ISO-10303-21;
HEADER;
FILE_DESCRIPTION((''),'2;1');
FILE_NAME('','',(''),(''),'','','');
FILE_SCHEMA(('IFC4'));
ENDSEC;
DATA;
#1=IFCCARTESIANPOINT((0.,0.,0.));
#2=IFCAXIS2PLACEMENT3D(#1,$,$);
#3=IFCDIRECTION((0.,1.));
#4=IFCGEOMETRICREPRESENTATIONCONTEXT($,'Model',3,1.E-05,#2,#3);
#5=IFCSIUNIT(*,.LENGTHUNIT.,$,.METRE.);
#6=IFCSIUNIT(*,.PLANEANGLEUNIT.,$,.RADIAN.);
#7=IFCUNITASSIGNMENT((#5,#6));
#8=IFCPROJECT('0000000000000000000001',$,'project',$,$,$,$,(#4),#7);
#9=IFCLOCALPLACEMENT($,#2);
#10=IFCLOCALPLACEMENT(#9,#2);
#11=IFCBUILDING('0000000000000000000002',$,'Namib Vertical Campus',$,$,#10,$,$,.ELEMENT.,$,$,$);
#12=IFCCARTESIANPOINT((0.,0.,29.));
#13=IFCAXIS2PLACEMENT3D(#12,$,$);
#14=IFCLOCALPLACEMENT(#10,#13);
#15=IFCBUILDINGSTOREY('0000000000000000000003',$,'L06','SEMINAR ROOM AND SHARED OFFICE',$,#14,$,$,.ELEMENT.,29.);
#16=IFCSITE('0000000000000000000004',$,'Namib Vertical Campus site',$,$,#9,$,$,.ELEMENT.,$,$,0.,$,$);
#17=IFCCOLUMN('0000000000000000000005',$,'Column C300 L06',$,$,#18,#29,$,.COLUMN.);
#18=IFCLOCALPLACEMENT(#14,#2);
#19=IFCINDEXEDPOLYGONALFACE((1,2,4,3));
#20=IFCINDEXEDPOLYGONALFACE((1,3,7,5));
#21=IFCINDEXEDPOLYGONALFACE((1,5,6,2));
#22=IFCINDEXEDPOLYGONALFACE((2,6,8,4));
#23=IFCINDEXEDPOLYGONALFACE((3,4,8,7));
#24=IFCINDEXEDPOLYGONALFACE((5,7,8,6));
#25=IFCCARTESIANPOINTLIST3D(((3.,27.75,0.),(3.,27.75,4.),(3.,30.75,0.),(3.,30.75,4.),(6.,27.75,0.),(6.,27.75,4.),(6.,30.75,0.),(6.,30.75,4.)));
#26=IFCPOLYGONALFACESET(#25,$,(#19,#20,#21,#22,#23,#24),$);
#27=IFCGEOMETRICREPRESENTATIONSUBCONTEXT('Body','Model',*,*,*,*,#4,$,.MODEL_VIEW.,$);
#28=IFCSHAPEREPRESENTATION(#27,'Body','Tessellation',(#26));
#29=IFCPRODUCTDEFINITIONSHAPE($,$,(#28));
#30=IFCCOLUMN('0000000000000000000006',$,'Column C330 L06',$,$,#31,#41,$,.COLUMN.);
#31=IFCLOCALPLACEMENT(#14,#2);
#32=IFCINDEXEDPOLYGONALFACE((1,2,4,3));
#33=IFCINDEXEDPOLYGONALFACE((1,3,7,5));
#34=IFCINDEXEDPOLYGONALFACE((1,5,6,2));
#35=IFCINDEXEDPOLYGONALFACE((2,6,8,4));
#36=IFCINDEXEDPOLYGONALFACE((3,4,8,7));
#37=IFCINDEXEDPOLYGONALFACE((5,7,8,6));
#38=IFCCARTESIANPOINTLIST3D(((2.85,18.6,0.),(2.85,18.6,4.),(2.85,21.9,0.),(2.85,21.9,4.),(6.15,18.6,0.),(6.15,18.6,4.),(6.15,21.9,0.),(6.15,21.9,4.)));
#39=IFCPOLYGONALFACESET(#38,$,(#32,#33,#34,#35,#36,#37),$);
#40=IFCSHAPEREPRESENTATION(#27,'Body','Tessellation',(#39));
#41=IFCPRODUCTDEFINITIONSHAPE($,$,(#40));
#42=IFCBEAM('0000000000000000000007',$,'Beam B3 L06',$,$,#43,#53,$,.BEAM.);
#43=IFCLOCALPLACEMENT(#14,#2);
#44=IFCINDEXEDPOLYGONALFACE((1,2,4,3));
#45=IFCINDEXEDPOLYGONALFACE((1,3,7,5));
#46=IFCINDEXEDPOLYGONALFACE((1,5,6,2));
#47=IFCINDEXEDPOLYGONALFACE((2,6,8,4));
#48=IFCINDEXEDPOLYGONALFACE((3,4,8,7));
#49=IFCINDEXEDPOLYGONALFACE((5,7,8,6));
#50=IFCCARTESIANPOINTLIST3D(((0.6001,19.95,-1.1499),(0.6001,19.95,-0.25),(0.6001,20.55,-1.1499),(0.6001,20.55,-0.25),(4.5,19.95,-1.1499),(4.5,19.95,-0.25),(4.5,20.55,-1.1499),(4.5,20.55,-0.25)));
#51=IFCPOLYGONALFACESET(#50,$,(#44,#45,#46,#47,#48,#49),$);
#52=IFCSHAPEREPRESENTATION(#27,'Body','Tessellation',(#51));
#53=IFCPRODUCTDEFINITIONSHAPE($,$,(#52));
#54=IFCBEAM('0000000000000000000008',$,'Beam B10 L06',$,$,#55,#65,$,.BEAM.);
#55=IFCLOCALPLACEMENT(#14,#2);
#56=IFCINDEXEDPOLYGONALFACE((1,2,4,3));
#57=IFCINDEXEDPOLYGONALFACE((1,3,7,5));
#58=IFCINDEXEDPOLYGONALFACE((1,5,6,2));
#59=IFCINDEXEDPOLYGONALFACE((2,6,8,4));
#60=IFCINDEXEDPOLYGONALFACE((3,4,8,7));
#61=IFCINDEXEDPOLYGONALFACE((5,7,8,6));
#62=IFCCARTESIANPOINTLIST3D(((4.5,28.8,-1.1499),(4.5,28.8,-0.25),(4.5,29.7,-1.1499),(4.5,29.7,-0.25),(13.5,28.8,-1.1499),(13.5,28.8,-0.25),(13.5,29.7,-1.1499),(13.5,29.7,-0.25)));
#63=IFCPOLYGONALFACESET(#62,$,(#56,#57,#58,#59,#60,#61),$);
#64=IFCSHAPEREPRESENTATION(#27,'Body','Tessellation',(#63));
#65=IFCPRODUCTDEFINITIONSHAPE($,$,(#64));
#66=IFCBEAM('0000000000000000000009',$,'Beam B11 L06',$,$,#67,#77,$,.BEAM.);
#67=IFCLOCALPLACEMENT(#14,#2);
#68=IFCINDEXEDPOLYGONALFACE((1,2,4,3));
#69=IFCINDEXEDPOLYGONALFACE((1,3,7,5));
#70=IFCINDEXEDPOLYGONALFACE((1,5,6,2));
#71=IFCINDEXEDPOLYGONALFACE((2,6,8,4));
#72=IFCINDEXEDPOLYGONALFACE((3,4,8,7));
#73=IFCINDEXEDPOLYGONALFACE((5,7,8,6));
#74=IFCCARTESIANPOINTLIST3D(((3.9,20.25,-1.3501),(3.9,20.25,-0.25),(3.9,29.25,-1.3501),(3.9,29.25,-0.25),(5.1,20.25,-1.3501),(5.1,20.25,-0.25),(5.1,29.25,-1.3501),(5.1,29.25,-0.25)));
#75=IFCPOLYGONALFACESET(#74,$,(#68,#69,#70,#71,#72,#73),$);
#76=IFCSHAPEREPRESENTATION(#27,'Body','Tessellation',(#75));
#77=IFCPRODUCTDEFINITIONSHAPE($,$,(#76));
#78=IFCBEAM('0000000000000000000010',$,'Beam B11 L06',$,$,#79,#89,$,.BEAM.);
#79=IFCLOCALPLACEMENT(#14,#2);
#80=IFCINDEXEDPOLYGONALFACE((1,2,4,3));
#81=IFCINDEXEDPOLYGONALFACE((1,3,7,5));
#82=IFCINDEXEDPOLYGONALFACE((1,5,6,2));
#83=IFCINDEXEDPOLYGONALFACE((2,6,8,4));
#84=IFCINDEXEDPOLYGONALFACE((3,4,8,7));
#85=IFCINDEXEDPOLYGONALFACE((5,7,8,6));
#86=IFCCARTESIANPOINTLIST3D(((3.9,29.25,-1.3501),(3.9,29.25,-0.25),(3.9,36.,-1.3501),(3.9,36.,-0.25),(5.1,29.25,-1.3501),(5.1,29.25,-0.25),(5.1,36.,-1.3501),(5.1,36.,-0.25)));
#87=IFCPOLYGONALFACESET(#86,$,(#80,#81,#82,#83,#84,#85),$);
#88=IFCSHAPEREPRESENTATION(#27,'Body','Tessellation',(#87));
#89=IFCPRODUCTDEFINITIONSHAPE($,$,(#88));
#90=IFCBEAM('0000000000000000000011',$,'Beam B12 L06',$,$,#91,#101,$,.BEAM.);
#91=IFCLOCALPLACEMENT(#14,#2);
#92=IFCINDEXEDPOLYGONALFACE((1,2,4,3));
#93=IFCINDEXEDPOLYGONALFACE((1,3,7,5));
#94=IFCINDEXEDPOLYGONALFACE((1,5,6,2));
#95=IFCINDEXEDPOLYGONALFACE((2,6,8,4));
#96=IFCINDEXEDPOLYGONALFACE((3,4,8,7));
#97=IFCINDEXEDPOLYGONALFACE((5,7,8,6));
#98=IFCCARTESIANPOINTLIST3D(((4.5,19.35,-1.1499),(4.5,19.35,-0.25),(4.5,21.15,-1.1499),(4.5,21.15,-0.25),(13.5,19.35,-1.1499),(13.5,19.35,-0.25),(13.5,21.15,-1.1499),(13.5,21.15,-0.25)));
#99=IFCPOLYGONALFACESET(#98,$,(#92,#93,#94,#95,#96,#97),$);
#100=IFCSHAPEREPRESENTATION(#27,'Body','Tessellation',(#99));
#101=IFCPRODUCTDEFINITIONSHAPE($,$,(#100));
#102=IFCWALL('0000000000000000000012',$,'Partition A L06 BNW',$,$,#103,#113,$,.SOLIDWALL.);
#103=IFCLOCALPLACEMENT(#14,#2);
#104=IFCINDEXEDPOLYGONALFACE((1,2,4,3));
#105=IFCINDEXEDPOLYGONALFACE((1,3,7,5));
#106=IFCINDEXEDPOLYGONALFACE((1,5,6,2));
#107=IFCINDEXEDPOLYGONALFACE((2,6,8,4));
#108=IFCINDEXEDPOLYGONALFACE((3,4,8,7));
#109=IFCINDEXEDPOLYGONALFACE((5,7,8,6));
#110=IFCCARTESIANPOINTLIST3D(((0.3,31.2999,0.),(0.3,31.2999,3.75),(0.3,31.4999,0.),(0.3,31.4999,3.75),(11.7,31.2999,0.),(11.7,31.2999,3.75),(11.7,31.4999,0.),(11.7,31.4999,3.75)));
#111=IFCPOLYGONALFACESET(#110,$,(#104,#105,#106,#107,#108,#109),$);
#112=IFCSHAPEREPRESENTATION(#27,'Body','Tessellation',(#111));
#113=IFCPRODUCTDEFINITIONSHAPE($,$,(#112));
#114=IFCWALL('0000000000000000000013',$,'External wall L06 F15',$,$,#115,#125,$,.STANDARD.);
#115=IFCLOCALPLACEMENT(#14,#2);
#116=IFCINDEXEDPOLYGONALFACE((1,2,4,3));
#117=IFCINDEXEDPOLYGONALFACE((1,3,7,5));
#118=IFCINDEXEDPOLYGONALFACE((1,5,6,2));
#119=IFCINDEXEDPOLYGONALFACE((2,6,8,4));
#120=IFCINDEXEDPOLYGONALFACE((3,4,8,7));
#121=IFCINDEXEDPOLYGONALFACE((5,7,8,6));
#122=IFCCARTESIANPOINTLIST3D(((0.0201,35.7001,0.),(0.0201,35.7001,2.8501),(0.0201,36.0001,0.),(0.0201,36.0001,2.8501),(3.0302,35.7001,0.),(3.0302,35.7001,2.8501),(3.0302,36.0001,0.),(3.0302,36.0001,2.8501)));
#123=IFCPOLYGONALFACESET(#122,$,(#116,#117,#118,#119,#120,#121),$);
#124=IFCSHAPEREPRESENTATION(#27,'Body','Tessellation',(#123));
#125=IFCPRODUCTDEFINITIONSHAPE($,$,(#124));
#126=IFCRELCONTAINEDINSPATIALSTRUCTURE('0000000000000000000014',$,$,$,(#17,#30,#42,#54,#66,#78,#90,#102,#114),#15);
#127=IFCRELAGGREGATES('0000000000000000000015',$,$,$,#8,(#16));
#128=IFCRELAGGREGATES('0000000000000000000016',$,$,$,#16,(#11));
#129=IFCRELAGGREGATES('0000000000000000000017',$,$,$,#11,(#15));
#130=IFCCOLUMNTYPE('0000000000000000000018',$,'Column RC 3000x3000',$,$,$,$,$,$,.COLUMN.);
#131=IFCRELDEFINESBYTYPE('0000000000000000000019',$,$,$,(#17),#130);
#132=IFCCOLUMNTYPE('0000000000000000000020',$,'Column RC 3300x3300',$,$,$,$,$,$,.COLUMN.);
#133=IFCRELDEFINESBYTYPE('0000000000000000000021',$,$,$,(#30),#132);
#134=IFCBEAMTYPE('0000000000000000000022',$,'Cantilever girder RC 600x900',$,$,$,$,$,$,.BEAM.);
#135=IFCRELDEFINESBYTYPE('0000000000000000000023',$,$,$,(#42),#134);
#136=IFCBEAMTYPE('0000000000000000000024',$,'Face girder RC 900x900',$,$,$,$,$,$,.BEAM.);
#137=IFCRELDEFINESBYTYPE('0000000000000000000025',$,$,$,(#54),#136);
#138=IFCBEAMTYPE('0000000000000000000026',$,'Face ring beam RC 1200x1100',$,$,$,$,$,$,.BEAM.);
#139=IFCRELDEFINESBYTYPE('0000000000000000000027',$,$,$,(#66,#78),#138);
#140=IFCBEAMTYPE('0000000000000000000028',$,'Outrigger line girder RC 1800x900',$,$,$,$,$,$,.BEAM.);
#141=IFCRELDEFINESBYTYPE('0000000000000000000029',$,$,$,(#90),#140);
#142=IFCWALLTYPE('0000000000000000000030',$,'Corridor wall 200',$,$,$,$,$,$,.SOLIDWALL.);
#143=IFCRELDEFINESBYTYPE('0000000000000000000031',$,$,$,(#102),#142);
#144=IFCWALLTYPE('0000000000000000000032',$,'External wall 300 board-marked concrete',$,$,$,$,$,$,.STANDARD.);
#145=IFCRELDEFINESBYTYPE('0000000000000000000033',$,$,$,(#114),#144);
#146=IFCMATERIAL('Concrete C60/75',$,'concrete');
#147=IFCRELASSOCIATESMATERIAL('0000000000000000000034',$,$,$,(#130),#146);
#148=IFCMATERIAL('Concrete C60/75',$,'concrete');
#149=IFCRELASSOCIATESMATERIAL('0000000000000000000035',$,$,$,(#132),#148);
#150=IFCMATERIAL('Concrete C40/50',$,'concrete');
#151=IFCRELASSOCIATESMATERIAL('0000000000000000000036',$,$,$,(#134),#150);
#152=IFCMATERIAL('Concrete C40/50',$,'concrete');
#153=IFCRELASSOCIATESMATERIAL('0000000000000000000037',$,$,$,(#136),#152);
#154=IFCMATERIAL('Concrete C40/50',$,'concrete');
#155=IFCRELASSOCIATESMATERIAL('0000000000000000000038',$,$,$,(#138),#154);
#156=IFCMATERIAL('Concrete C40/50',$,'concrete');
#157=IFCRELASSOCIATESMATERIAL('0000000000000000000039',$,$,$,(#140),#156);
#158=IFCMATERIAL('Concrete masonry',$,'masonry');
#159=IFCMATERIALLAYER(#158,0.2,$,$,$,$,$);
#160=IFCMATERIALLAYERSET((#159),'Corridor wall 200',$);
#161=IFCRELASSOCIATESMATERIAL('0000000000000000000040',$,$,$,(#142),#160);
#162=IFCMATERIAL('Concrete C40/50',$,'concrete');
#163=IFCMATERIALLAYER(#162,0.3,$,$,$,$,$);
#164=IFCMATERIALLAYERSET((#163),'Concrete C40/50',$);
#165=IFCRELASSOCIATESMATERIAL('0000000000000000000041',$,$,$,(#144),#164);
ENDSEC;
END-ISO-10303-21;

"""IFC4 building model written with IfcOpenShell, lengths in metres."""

from ifc_helpers import new_model, si_unit, direction, frame, frame_2d, origin, origin_2d, place, context, subcontext, project, spatial, rectangle, extrude, material, layer, layer_set, material_profile, profile_set, type_object, element, save


model = new_model("IFC4")

# Units and contexts
model_context = context("Model", 3, precision=1e-05, world=origin(), true_north=direction((0.0, 1.0)))
body_context = subcontext(model_context, "Body", "Model", "MODEL_VIEW")
ifc_project = project(units=[si_unit("LENGTHUNIT", "METRE"), si_unit("PLANEANGLEUNIT", "RADIAN")], contexts=[model_context])

# Site, building, storey
site_placement = place(None, origin())
site = spatial("IfcSite", under=ifc_project, at=site_placement, Name="Namib Vertical Campus site", CompositionType="ELEMENT", RefElevation=0.0)
building_placement = place(site_placement, origin())
building = spatial("IfcBuilding", under=site, at=building_placement, Name="Namib Vertical Campus", CompositionType="ELEMENT")
storey_placement = place(building_placement, frame((0.0, 0.0, 29.0)))
storey = spatial("IfcBuildingStorey", under=building, at=storey_placement, Name="L06", Description="SEMINAR ROOM AND SHARED OFFICE", CompositionType="ELEMENT", Elevation=29.0)

# Columns
ifc_material_1 = material(Name="Concrete C60/75", Category="concrete")
ifc_material_profile_1 = material_profile(ifc_material_1, rectangle(XDim=3.0, YDim=3.0, at=origin_2d()))
ifc_profile_set_1 = profile_set([ifc_material_profile_1], Name="Concrete C60/75")
column_type_1 = type_object("IfcColumnType", Name="Column RC 3000x3000", PredefinedType="COLUMN", material=ifc_profile_set_1)
column_1_placement = place(storey_placement, frame((4.5, 29.25, 0.0), z_axis=(0.0, 0.0, 1.0), x_axis=(1.0, 0.0, 0.0)))
element("IfcColumn", 1, at=column_1_placement, inside=storey, type_object=column_type_1, Name="Column C300 L06", PredefinedType="COLUMN", context=body_context, shape_type="SweptSolid", body=[
    extrude(rectangle(XDim=3.0, YDim=3.0, at=origin_2d()), origin(), (0.0, 0.0, 1.0), 4.0),
])
ifc_material_2 = material(Name="Concrete C60/75", Category="concrete")
ifc_material_profile_2 = material_profile(ifc_material_2, rectangle(XDim=3.3, YDim=3.3, at=origin_2d()))
ifc_profile_set_2 = profile_set([ifc_material_profile_2], Name="Concrete C60/75")
column_type_2 = type_object("IfcColumnType", Name="Column RC 3300x3300", PredefinedType="COLUMN", material=ifc_profile_set_2)
column_2_placement = place(storey_placement, frame((4.5, 20.25, 0.0), z_axis=(0.0, 0.0, 1.0), x_axis=(1.0, 0.0, 0.0)))
element("IfcColumn", 2, at=column_2_placement, inside=storey, type_object=column_type_2, Name="Column C330 L06", PredefinedType="COLUMN", context=body_context, shape_type="SweptSolid", body=[
    extrude(rectangle(XDim=3.3, YDim=3.3, at=origin_2d()), origin(), (0.0, 0.0, 1.0), 4.0),
])

# Beams
ifc_material_3 = material(Name="Concrete C40/50", Category="concrete")
ifc_material_profile_3 = material_profile(ifc_material_3, rectangle(XDim=0.6001, YDim=0.8999, at=origin_2d()))
ifc_profile_set_3 = profile_set([ifc_material_profile_3], Name="Concrete C40/50")
beam_type_1 = type_object("IfcBeamType", Name="Cantilever girder RC 600x900", PredefinedType="BEAM", material=ifc_profile_set_3)
beam_1_placement = place(storey_placement, frame((4.5, 20.25, -0.7), z_axis=(-1.0, 0.0, 0.0), x_axis=(0.0, -1.0, 0.0)))
element("IfcBeam", 3, at=beam_1_placement, inside=storey, type_object=beam_type_1, Name="Beam B3 L06", PredefinedType="BEAM", context=body_context, shape_type="SweptSolid", body=[
    extrude(rectangle(XDim=0.6001, YDim=0.8999, at=origin_2d()), origin(), (0.0, 0.0, 1.0), 3.8999),
])
ifc_material_4 = material(Name="Concrete C40/50", Category="concrete")
ifc_material_profile_4 = material_profile(ifc_material_4, rectangle(XDim=0.8999, YDim=0.8999, at=origin_2d()))
ifc_profile_set_4 = profile_set([ifc_material_profile_4], Name="Concrete C40/50")
beam_type_2 = type_object("IfcBeamType", Name="Face girder RC 900x900", PredefinedType="BEAM", material=ifc_profile_set_4)
beam_2_placement = place(storey_placement, frame((4.5, 29.25, -0.7), z_axis=(1.0, 0.0, 0.0), x_axis=(0.0, 1.0, 0.0)))
element("IfcBeam", 4, at=beam_2_placement, inside=storey, type_object=beam_type_2, Name="Beam B10 L06", PredefinedType="BEAM", context=body_context, shape_type="SweptSolid", body=[
    extrude(rectangle(XDim=0.8999, YDim=0.8999, at=origin_2d()), origin(), (0.0, 0.0, 1.0), 9.0),
])
ifc_material_5 = material(Name="Concrete C40/50", Category="concrete")
ifc_material_profile_5 = material_profile(ifc_material_5, rectangle(XDim=1.2, YDim=1.1001, at=origin_2d()))
ifc_profile_set_5 = profile_set([ifc_material_profile_5], Name="Concrete C40/50")
beam_type_3 = type_object("IfcBeamType", Name="Face ring beam RC 1200x1100", PredefinedType="BEAM", material=ifc_profile_set_5)
beam_3_placement = place(storey_placement, frame((4.5, 20.25, -0.8), z_axis=(0.0, 1.0, 0.0), x_axis=(-1.0, 0.0, 0.0)))
element("IfcBeam", 5, at=beam_3_placement, inside=storey, type_object=beam_type_3, Name="Beam B11 L06", PredefinedType="BEAM", context=body_context, shape_type="SweptSolid", body=[
    extrude(rectangle(XDim=1.2, YDim=1.1001, at=origin_2d()), origin(), (0.0, 0.0, 1.0), 9.0),
])
beam_4_placement = place(storey_placement, frame((4.5, 29.25, -0.8), z_axis=(0.0, 1.0, 0.0), x_axis=(-1.0, 0.0, 0.0)))
element("IfcBeam", 6, at=beam_4_placement, inside=storey, type_object=beam_type_3, Name="Beam B11 L06", PredefinedType="BEAM", context=body_context, shape_type="SweptSolid", body=[
    extrude(rectangle(XDim=1.2, YDim=1.1001, at=origin_2d()), origin(), (0.0, 0.0, 1.0), 6.75),
])
ifc_material_6 = material(Name="Concrete C40/50", Category="concrete")
ifc_material_profile_6 = material_profile(ifc_material_6, rectangle(XDim=1.8, YDim=0.8999, at=origin_2d()))
ifc_profile_set_6 = profile_set([ifc_material_profile_6], Name="Concrete C40/50")
beam_type_4 = type_object("IfcBeamType", Name="Outrigger line girder RC 1800x900", PredefinedType="BEAM", material=ifc_profile_set_6)
beam_5_placement = place(storey_placement, frame((4.5, 20.25, -0.7), z_axis=(1.0, 0.0, 0.0), x_axis=(0.0, 1.0, 0.0)))
element("IfcBeam", 7, at=beam_5_placement, inside=storey, type_object=beam_type_4, Name="Beam B12 L06", PredefinedType="BEAM", context=body_context, shape_type="SweptSolid", body=[
    extrude(rectangle(XDim=1.8, YDim=0.8999, at=origin_2d()), origin(), (0.0, 0.0, 1.0), 9.0),
])

# Walls
ifc_material_7 = material(Name="Concrete masonry", Category="masonry")
ifc_layer_1 = layer(ifc_material_7, 0.2)
ifc_layer_set_1 = layer_set([ifc_layer_1], Name="Corridor wall 200")
wall_type_1 = type_object("IfcWallType", Name="Corridor wall 200", PredefinedType="SOLIDWALL", material=ifc_layer_set_1)
wall_1_placement = place(storey_placement, frame((0.3, 31.3999, 0.0), z_axis=(0.0, 0.0, 1.0), x_axis=(1.0, 0.0, 0.0)))
element("IfcWall", 8, at=wall_1_placement, inside=storey, type_object=wall_type_1, Name="Partition A L06 BNW", PredefinedType="SOLIDWALL", context=body_context, shape_type="SweptSolid", body=[
    extrude(rectangle(XDim=11.3999, YDim=0.2, at=frame_2d((5.7, 0.0))), origin(), (0.0, 0.0, 1.0), 3.75),
])
ifc_material_8 = material(Name="Concrete C40/50", Category="concrete")
ifc_layer_2 = layer(ifc_material_8, 0.3)
ifc_layer_set_2 = layer_set([ifc_layer_2], Name="Concrete C40/50")
wall_type_2 = type_object("IfcWallType", Name="External wall 300 board-marked concrete", PredefinedType="STANDARD", material=ifc_layer_set_2)
wall_2_placement = place(storey_placement, frame((3.03, 35.8501, 0.0), z_axis=(0.0, 0.0, 1.0), x_axis=(-1.0, 0.0, 0.0)))
element("IfcWall", 9, at=wall_2_placement, inside=storey, type_object=wall_type_2, Name="External wall L06 F15", PredefinedType="STANDARD", context=body_context, shape_type="SweptSolid", body=[
    extrude(rectangle(XDim=3.01, YDim=0.3, at=frame_2d((1.5049, 0.0))), origin(), (0.0, 0.0, 1.0), 2.8501),
])

save(model, "model.ifc")
